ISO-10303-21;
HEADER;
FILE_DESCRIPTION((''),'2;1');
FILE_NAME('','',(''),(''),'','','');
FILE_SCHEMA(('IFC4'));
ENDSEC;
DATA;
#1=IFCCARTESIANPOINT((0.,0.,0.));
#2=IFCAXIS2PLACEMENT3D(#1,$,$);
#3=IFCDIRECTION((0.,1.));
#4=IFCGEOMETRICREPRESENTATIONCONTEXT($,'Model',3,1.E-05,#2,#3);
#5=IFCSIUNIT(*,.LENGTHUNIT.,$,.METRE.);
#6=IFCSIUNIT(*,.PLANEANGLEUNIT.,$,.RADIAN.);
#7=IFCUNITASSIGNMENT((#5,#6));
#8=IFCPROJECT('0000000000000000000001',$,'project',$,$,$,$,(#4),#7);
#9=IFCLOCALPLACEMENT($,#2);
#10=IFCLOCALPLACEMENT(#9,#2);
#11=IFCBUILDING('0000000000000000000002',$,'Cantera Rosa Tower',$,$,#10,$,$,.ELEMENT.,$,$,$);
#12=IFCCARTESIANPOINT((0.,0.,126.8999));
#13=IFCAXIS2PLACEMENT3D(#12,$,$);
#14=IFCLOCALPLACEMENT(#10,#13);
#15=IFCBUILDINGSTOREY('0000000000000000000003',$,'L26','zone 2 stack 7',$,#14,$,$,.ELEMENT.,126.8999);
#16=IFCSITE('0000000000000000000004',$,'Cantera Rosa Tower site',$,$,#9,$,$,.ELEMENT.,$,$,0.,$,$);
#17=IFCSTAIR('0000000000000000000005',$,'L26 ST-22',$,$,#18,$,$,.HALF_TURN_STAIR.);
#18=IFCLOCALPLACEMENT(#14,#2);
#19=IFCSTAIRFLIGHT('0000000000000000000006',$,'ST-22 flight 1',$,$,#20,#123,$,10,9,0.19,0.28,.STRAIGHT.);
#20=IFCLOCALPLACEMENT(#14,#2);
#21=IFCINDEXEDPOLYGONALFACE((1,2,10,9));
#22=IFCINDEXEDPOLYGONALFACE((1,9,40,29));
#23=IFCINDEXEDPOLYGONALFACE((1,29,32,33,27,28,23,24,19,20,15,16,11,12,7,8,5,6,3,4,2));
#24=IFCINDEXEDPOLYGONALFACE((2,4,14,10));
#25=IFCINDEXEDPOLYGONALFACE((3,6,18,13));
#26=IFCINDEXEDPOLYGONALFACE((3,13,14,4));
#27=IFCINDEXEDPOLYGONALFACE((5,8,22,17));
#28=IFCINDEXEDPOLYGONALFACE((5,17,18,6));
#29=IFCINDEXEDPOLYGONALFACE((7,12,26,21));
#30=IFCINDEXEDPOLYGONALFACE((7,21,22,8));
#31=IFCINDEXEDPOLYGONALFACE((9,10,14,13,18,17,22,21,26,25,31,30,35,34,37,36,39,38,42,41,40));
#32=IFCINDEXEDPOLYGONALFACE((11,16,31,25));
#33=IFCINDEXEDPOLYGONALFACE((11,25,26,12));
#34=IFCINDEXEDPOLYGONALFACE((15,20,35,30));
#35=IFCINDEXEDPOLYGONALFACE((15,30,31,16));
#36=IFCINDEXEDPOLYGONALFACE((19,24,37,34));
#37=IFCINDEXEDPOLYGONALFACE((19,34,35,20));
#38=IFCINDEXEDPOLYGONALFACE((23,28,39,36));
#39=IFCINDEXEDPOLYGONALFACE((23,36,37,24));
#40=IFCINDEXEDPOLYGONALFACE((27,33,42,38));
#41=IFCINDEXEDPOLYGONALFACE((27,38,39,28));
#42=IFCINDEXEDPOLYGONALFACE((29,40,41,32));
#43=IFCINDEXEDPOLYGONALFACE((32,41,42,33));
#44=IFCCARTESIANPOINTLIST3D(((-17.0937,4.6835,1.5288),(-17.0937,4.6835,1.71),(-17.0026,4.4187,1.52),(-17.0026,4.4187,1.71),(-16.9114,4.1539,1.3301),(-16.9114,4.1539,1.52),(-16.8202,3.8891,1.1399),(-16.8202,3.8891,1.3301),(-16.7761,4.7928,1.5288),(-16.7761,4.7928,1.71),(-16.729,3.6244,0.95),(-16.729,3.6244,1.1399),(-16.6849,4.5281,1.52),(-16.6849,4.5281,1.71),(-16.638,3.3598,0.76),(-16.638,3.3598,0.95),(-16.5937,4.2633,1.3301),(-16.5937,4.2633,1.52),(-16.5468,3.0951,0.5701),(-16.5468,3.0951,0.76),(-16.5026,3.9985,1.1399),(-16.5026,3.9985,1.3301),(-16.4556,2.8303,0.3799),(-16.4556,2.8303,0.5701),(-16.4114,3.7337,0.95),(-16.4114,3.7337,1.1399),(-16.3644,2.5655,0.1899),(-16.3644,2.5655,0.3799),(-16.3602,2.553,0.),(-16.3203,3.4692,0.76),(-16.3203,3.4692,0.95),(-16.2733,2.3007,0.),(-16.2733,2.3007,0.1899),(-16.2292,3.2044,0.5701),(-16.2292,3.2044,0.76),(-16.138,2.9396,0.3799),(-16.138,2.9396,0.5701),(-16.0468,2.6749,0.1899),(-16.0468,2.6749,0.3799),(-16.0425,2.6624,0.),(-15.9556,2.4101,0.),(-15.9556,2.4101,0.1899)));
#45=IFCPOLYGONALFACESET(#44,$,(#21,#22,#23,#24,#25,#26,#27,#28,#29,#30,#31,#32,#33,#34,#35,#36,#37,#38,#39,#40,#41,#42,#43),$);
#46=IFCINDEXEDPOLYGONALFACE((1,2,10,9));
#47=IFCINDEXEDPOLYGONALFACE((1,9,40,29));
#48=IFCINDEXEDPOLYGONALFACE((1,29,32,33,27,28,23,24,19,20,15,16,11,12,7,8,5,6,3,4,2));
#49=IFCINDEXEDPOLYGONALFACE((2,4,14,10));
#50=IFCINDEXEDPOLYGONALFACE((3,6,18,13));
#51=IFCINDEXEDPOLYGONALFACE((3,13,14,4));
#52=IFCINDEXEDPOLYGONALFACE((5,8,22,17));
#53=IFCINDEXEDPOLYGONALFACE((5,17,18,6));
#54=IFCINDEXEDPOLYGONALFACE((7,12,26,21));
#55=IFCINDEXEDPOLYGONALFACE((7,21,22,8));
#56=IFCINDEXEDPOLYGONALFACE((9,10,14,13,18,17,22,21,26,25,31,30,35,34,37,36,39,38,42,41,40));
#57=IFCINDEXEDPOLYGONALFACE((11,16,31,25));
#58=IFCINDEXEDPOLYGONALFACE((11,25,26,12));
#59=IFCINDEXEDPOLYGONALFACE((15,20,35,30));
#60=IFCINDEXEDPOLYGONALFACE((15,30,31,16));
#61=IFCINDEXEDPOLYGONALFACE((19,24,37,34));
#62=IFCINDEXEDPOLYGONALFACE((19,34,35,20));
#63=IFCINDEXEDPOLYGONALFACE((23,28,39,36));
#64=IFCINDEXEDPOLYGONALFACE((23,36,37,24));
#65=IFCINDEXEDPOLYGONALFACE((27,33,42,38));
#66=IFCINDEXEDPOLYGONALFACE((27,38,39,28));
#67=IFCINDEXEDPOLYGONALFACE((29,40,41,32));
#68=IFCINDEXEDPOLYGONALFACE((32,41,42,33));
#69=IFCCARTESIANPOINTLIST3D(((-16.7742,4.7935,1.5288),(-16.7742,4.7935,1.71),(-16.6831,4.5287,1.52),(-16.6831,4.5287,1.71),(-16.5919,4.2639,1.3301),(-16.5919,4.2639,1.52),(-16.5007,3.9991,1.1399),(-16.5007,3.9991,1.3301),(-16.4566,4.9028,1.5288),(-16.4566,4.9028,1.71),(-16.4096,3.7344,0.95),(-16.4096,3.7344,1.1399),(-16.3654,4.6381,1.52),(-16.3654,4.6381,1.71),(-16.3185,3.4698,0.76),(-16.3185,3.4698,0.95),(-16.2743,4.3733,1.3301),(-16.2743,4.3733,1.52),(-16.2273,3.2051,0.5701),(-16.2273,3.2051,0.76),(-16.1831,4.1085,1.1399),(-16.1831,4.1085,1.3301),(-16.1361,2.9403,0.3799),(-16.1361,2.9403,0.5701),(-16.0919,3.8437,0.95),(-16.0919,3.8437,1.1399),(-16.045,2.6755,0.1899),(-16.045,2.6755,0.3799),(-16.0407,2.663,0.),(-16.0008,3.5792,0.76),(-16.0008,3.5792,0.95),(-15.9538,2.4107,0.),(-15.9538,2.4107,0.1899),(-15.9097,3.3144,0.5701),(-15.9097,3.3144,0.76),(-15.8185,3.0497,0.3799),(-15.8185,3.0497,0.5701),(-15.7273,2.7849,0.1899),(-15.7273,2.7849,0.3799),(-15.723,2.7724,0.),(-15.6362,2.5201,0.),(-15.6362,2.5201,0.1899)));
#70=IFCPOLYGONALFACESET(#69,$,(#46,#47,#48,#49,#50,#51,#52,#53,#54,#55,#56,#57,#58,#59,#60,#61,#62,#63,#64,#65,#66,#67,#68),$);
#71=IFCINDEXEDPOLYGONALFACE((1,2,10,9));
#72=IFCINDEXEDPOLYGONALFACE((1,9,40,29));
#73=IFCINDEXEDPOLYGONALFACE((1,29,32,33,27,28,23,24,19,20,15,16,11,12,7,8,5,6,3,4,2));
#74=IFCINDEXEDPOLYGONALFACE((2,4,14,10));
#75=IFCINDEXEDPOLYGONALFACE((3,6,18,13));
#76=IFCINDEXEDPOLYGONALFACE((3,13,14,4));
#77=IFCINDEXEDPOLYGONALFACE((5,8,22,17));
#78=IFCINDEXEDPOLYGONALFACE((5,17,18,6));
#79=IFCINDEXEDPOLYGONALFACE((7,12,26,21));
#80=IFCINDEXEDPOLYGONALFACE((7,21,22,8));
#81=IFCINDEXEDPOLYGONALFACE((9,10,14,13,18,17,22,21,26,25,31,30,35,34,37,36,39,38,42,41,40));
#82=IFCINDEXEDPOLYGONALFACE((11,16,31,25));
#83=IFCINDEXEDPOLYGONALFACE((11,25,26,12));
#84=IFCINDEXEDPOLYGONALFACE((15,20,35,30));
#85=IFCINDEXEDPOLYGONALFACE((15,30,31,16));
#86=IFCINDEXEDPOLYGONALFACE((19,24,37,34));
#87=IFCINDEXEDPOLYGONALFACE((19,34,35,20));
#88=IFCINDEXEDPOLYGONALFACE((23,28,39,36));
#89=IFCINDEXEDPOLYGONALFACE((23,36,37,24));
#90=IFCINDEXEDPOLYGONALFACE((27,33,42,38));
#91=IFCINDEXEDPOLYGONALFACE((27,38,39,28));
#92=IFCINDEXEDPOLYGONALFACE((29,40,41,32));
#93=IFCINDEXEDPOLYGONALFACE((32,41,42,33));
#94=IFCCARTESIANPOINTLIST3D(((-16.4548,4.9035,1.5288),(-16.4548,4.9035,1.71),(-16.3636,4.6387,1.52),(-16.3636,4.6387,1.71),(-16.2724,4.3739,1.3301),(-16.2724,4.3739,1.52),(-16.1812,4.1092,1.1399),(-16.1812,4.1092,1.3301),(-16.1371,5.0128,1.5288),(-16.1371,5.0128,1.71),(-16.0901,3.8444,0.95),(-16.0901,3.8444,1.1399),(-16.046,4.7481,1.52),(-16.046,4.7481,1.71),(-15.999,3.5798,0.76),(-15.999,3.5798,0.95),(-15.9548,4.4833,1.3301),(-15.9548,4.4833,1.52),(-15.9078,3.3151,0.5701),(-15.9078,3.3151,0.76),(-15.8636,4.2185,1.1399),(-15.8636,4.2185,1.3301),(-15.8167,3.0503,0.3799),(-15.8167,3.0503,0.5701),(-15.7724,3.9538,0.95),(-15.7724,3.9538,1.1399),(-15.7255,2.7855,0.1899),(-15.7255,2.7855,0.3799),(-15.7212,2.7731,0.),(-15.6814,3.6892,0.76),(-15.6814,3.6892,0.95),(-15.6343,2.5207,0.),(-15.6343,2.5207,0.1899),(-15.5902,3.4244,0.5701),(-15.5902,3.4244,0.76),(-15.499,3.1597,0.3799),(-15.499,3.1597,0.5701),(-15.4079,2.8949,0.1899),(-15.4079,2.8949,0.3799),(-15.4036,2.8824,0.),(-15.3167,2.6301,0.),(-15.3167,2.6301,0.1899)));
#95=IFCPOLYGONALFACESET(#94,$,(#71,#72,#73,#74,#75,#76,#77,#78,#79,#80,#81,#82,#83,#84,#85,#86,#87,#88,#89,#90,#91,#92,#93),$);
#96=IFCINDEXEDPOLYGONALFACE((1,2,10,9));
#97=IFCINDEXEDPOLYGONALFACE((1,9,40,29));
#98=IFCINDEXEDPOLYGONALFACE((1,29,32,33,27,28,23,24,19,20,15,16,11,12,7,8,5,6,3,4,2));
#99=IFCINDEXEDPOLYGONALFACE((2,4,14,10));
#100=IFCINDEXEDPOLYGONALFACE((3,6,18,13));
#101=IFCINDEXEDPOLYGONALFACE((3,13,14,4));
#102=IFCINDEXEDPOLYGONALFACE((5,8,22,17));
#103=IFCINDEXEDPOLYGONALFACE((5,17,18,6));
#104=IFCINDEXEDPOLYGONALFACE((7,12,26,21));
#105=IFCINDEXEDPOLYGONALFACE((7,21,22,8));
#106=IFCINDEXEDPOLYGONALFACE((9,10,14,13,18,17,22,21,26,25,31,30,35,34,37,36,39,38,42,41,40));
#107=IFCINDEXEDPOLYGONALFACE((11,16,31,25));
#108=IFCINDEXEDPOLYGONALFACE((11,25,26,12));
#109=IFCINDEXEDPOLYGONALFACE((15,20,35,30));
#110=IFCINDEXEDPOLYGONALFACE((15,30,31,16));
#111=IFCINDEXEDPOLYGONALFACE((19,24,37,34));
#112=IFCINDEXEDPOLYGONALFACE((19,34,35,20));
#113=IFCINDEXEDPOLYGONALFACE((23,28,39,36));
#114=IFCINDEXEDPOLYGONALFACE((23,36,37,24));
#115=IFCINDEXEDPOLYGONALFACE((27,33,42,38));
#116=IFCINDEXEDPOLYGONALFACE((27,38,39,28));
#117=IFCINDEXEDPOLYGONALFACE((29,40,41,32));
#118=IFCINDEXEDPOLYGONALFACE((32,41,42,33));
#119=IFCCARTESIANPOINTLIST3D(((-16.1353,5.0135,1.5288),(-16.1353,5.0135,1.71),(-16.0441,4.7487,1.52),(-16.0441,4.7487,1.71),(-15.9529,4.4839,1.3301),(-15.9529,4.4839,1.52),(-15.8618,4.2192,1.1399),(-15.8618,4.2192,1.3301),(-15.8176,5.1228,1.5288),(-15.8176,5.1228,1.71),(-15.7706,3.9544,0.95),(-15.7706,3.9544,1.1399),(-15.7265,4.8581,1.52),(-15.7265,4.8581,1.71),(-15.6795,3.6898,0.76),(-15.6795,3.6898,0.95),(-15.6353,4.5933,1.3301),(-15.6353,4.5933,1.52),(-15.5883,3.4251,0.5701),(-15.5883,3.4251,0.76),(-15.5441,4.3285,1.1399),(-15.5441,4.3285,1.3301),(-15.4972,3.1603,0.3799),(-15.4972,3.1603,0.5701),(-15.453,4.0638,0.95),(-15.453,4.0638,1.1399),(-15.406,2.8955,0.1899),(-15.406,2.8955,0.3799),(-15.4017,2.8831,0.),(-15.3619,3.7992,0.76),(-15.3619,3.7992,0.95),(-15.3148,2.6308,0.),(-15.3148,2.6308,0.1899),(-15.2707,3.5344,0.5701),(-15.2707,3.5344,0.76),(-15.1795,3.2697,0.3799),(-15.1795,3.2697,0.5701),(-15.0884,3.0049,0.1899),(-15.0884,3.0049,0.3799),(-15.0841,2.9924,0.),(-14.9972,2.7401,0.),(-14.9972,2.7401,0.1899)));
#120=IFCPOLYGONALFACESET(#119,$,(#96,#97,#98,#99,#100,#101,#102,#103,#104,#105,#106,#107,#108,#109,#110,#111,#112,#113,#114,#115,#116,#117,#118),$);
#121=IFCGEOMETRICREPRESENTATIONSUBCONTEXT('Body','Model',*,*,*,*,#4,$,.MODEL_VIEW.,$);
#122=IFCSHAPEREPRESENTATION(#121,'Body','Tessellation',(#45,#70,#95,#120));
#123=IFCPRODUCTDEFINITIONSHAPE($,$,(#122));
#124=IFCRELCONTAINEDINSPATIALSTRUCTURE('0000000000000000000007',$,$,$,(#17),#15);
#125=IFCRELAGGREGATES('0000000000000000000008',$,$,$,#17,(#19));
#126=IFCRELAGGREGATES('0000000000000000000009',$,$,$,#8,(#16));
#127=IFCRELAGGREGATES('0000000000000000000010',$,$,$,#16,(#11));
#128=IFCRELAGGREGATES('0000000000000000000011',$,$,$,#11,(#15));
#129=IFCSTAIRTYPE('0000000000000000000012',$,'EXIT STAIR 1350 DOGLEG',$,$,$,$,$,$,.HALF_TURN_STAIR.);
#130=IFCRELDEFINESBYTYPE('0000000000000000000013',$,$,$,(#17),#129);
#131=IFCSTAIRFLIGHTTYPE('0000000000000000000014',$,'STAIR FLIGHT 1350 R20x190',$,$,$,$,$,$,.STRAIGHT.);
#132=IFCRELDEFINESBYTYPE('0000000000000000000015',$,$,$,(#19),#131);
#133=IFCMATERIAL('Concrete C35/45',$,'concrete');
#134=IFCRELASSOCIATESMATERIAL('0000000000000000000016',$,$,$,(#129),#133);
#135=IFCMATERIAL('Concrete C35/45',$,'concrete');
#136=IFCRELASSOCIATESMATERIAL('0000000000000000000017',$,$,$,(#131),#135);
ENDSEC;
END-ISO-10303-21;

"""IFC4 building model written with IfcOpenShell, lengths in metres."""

from ifc_helpers import new_model, si_unit, direction, frame, origin, place, context, subcontext, project, spatial, polyline, outline, extrude, material, type_object, element, aggregate, save


model = new_model("IFC4")

# Units and contexts
model_context = context("Model", 3, precision=1e-05, world=origin(), true_north=direction((0.0, 1.0)))
body_context = subcontext(model_context, "Body", "Model", "MODEL_VIEW")
ifc_project = project(units=[si_unit("LENGTHUNIT", "METRE"), si_unit("PLANEANGLEUNIT", "RADIAN")], contexts=[model_context])

# Site, building, storey
site_placement = place(None, origin())
site = spatial("IfcSite", under=ifc_project, at=site_placement, Name="Cantera Rosa Tower site", CompositionType="ELEMENT", RefElevation=0.0)
building_placement = place(site_placement, origin())
building = spatial("IfcBuilding", under=site, at=building_placement, Name="Cantera Rosa Tower", CompositionType="ELEMENT")
storey_placement = place(building_placement, frame((0.0, 0.0, 126.8999)))
storey = spatial("IfcBuildingStorey", under=building, at=storey_placement, Name="L26", Description="zone 2 stack 7", CompositionType="ELEMENT", Elevation=126.8999)

# Stair, stair flight
ifc_material_1 = material(Name="Concrete C35/45", Category="concrete")
stair_type = type_object("IfcStairType", Name="EXIT STAIR 1350 DOGLEG", PredefinedType="HALF_TURN_STAIR", material=ifc_material_1)
stair_placement = place(storey_placement, origin())
stair = element("IfcStair", 1, at=stair_placement, inside=storey, type_object=stair_type, Name="L26 ST-22", PredefinedType="HALF_TURN_STAIR")
ifc_material_2 = material(Name="Concrete C35/45", Category="concrete")
stair_flight_type = type_object("IfcStairFlightType", Name="STAIR FLIGHT 1350 R20x190", PredefinedType="STRAIGHT", material=ifc_material_2)
stair_flight_1_placement = place(storey_placement, frame((-15.635, 2.5205, 0.0), z_axis=(0.0, 0.0, 1.0), x_axis=(-0.325568, 0.945519, 0.0)))
stair_flight_1 = element("IfcStairFlight", 2, at=stair_flight_1_placement, type_object=stair_flight_type, Name="ST-22 flight 1", NumberOfRisers=10, NumberOfTreads=9, PredefinedType="STRAIGHT", RiserHeight=0.19, TreadLength=0.28, context=body_context, shape_type="SweptSolid", body=[
    extrude(outline(polyline([(0.0, 0.0), (0.0, 0.1899), (0.28, 0.1899), (0.28, 0.3799), (0.5601, 0.3799), (0.5601, 0.5701), (0.8401, 0.5701), (0.8401, 0.76), (1.1201, 0.76), (1.1201, 0.95), (1.3999, 0.95), (1.3999, 1.1399), (1.6799, 1.1399), (1.6799, 1.3301), (1.96, 1.3301), (1.96, 1.52), (2.24, 1.52), (2.24, 1.71), (2.52, 1.71), (2.52, 1.8999), (2.52, 1.5288), (0.2668, 0.0), (0.0, 0.0)])), frame((0.0, 0.675, 0.0), z_axis=(0.0, -1.0, 0.0), x_axis=(1.0, 0.0, 0.0)), (0.0, 0.0, 1.0), 0.3359),
    extrude(outline(polyline([(0.0, 0.0), (0.0, 0.1899), (0.28, 0.1899), (0.28, 0.3799), (0.5601, 0.3799), (0.5601, 0.5701), (0.8401, 0.5701), (0.8401, 0.76), (1.1201, 0.76), (1.1201, 0.95), (1.3999, 0.95), (1.3999, 1.1399), (1.6799, 1.1399), (1.6799, 1.3301), (1.96, 1.3301), (1.96, 1.52), (2.24, 1.52), (2.24, 1.71), (2.52, 1.71), (2.52, 1.8999), (2.52, 1.5288), (0.2668, 0.0), (0.0, 0.0)])), frame((0.0, 0.3372, 0.0), z_axis=(0.0, -1.0, 0.0), x_axis=(1.0, 0.0, 0.0)), (0.0, 0.0, 1.0), 0.3359),
    extrude(outline(polyline([(0.0, 0.0), (0.0, 0.1899), (0.28, 0.1899), (0.28, 0.3799), (0.5601, 0.3799), (0.5601, 0.5701), (0.8401, 0.5701), (0.8401, 0.76), (1.1201, 0.76), (1.1201, 0.95), (1.3999, 0.95), (1.3999, 1.1399), (1.6799, 1.1399), (1.6799, 1.3301), (1.96, 1.3301), (1.96, 1.52), (2.24, 1.52), (2.24, 1.71), (2.52, 1.71), (2.52, 1.8999), (2.52, 1.5288), (0.2668, 0.0), (0.0, 0.0)])), frame((0.0, -0.0007, 0.0), z_axis=(0.0, -1.0, 0.0), x_axis=(1.0, 0.0, 0.0)), (0.0, 0.0, 1.0), 0.3359),
    extrude(outline(polyline([(0.0, 0.0), (0.0, 0.1899), (0.28, 0.1899), (0.28, 0.3799), (0.5601, 0.3799), (0.5601, 0.5701), (0.8401, 0.5701), (0.8401, 0.76), (1.1201, 0.76), (1.1201, 0.95), (1.3999, 0.95), (1.3999, 1.1399), (1.6799, 1.1399), (1.6799, 1.3301), (1.96, 1.3301), (1.96, 1.52), (2.24, 1.52), (2.24, 1.71), (2.52, 1.71), (2.52, 1.8999), (2.52, 1.5288), (0.2668, 0.0), (0.0, 0.0)])), frame((0.0, -0.3386, 0.0), z_axis=(0.0, -1.0, 0.0), x_axis=(1.0, 0.0, 0.0)), (0.0, 0.0, 1.0), 0.3359),
])
aggregate(stair, [stair_flight_1])

save(model, "model.ifc")
